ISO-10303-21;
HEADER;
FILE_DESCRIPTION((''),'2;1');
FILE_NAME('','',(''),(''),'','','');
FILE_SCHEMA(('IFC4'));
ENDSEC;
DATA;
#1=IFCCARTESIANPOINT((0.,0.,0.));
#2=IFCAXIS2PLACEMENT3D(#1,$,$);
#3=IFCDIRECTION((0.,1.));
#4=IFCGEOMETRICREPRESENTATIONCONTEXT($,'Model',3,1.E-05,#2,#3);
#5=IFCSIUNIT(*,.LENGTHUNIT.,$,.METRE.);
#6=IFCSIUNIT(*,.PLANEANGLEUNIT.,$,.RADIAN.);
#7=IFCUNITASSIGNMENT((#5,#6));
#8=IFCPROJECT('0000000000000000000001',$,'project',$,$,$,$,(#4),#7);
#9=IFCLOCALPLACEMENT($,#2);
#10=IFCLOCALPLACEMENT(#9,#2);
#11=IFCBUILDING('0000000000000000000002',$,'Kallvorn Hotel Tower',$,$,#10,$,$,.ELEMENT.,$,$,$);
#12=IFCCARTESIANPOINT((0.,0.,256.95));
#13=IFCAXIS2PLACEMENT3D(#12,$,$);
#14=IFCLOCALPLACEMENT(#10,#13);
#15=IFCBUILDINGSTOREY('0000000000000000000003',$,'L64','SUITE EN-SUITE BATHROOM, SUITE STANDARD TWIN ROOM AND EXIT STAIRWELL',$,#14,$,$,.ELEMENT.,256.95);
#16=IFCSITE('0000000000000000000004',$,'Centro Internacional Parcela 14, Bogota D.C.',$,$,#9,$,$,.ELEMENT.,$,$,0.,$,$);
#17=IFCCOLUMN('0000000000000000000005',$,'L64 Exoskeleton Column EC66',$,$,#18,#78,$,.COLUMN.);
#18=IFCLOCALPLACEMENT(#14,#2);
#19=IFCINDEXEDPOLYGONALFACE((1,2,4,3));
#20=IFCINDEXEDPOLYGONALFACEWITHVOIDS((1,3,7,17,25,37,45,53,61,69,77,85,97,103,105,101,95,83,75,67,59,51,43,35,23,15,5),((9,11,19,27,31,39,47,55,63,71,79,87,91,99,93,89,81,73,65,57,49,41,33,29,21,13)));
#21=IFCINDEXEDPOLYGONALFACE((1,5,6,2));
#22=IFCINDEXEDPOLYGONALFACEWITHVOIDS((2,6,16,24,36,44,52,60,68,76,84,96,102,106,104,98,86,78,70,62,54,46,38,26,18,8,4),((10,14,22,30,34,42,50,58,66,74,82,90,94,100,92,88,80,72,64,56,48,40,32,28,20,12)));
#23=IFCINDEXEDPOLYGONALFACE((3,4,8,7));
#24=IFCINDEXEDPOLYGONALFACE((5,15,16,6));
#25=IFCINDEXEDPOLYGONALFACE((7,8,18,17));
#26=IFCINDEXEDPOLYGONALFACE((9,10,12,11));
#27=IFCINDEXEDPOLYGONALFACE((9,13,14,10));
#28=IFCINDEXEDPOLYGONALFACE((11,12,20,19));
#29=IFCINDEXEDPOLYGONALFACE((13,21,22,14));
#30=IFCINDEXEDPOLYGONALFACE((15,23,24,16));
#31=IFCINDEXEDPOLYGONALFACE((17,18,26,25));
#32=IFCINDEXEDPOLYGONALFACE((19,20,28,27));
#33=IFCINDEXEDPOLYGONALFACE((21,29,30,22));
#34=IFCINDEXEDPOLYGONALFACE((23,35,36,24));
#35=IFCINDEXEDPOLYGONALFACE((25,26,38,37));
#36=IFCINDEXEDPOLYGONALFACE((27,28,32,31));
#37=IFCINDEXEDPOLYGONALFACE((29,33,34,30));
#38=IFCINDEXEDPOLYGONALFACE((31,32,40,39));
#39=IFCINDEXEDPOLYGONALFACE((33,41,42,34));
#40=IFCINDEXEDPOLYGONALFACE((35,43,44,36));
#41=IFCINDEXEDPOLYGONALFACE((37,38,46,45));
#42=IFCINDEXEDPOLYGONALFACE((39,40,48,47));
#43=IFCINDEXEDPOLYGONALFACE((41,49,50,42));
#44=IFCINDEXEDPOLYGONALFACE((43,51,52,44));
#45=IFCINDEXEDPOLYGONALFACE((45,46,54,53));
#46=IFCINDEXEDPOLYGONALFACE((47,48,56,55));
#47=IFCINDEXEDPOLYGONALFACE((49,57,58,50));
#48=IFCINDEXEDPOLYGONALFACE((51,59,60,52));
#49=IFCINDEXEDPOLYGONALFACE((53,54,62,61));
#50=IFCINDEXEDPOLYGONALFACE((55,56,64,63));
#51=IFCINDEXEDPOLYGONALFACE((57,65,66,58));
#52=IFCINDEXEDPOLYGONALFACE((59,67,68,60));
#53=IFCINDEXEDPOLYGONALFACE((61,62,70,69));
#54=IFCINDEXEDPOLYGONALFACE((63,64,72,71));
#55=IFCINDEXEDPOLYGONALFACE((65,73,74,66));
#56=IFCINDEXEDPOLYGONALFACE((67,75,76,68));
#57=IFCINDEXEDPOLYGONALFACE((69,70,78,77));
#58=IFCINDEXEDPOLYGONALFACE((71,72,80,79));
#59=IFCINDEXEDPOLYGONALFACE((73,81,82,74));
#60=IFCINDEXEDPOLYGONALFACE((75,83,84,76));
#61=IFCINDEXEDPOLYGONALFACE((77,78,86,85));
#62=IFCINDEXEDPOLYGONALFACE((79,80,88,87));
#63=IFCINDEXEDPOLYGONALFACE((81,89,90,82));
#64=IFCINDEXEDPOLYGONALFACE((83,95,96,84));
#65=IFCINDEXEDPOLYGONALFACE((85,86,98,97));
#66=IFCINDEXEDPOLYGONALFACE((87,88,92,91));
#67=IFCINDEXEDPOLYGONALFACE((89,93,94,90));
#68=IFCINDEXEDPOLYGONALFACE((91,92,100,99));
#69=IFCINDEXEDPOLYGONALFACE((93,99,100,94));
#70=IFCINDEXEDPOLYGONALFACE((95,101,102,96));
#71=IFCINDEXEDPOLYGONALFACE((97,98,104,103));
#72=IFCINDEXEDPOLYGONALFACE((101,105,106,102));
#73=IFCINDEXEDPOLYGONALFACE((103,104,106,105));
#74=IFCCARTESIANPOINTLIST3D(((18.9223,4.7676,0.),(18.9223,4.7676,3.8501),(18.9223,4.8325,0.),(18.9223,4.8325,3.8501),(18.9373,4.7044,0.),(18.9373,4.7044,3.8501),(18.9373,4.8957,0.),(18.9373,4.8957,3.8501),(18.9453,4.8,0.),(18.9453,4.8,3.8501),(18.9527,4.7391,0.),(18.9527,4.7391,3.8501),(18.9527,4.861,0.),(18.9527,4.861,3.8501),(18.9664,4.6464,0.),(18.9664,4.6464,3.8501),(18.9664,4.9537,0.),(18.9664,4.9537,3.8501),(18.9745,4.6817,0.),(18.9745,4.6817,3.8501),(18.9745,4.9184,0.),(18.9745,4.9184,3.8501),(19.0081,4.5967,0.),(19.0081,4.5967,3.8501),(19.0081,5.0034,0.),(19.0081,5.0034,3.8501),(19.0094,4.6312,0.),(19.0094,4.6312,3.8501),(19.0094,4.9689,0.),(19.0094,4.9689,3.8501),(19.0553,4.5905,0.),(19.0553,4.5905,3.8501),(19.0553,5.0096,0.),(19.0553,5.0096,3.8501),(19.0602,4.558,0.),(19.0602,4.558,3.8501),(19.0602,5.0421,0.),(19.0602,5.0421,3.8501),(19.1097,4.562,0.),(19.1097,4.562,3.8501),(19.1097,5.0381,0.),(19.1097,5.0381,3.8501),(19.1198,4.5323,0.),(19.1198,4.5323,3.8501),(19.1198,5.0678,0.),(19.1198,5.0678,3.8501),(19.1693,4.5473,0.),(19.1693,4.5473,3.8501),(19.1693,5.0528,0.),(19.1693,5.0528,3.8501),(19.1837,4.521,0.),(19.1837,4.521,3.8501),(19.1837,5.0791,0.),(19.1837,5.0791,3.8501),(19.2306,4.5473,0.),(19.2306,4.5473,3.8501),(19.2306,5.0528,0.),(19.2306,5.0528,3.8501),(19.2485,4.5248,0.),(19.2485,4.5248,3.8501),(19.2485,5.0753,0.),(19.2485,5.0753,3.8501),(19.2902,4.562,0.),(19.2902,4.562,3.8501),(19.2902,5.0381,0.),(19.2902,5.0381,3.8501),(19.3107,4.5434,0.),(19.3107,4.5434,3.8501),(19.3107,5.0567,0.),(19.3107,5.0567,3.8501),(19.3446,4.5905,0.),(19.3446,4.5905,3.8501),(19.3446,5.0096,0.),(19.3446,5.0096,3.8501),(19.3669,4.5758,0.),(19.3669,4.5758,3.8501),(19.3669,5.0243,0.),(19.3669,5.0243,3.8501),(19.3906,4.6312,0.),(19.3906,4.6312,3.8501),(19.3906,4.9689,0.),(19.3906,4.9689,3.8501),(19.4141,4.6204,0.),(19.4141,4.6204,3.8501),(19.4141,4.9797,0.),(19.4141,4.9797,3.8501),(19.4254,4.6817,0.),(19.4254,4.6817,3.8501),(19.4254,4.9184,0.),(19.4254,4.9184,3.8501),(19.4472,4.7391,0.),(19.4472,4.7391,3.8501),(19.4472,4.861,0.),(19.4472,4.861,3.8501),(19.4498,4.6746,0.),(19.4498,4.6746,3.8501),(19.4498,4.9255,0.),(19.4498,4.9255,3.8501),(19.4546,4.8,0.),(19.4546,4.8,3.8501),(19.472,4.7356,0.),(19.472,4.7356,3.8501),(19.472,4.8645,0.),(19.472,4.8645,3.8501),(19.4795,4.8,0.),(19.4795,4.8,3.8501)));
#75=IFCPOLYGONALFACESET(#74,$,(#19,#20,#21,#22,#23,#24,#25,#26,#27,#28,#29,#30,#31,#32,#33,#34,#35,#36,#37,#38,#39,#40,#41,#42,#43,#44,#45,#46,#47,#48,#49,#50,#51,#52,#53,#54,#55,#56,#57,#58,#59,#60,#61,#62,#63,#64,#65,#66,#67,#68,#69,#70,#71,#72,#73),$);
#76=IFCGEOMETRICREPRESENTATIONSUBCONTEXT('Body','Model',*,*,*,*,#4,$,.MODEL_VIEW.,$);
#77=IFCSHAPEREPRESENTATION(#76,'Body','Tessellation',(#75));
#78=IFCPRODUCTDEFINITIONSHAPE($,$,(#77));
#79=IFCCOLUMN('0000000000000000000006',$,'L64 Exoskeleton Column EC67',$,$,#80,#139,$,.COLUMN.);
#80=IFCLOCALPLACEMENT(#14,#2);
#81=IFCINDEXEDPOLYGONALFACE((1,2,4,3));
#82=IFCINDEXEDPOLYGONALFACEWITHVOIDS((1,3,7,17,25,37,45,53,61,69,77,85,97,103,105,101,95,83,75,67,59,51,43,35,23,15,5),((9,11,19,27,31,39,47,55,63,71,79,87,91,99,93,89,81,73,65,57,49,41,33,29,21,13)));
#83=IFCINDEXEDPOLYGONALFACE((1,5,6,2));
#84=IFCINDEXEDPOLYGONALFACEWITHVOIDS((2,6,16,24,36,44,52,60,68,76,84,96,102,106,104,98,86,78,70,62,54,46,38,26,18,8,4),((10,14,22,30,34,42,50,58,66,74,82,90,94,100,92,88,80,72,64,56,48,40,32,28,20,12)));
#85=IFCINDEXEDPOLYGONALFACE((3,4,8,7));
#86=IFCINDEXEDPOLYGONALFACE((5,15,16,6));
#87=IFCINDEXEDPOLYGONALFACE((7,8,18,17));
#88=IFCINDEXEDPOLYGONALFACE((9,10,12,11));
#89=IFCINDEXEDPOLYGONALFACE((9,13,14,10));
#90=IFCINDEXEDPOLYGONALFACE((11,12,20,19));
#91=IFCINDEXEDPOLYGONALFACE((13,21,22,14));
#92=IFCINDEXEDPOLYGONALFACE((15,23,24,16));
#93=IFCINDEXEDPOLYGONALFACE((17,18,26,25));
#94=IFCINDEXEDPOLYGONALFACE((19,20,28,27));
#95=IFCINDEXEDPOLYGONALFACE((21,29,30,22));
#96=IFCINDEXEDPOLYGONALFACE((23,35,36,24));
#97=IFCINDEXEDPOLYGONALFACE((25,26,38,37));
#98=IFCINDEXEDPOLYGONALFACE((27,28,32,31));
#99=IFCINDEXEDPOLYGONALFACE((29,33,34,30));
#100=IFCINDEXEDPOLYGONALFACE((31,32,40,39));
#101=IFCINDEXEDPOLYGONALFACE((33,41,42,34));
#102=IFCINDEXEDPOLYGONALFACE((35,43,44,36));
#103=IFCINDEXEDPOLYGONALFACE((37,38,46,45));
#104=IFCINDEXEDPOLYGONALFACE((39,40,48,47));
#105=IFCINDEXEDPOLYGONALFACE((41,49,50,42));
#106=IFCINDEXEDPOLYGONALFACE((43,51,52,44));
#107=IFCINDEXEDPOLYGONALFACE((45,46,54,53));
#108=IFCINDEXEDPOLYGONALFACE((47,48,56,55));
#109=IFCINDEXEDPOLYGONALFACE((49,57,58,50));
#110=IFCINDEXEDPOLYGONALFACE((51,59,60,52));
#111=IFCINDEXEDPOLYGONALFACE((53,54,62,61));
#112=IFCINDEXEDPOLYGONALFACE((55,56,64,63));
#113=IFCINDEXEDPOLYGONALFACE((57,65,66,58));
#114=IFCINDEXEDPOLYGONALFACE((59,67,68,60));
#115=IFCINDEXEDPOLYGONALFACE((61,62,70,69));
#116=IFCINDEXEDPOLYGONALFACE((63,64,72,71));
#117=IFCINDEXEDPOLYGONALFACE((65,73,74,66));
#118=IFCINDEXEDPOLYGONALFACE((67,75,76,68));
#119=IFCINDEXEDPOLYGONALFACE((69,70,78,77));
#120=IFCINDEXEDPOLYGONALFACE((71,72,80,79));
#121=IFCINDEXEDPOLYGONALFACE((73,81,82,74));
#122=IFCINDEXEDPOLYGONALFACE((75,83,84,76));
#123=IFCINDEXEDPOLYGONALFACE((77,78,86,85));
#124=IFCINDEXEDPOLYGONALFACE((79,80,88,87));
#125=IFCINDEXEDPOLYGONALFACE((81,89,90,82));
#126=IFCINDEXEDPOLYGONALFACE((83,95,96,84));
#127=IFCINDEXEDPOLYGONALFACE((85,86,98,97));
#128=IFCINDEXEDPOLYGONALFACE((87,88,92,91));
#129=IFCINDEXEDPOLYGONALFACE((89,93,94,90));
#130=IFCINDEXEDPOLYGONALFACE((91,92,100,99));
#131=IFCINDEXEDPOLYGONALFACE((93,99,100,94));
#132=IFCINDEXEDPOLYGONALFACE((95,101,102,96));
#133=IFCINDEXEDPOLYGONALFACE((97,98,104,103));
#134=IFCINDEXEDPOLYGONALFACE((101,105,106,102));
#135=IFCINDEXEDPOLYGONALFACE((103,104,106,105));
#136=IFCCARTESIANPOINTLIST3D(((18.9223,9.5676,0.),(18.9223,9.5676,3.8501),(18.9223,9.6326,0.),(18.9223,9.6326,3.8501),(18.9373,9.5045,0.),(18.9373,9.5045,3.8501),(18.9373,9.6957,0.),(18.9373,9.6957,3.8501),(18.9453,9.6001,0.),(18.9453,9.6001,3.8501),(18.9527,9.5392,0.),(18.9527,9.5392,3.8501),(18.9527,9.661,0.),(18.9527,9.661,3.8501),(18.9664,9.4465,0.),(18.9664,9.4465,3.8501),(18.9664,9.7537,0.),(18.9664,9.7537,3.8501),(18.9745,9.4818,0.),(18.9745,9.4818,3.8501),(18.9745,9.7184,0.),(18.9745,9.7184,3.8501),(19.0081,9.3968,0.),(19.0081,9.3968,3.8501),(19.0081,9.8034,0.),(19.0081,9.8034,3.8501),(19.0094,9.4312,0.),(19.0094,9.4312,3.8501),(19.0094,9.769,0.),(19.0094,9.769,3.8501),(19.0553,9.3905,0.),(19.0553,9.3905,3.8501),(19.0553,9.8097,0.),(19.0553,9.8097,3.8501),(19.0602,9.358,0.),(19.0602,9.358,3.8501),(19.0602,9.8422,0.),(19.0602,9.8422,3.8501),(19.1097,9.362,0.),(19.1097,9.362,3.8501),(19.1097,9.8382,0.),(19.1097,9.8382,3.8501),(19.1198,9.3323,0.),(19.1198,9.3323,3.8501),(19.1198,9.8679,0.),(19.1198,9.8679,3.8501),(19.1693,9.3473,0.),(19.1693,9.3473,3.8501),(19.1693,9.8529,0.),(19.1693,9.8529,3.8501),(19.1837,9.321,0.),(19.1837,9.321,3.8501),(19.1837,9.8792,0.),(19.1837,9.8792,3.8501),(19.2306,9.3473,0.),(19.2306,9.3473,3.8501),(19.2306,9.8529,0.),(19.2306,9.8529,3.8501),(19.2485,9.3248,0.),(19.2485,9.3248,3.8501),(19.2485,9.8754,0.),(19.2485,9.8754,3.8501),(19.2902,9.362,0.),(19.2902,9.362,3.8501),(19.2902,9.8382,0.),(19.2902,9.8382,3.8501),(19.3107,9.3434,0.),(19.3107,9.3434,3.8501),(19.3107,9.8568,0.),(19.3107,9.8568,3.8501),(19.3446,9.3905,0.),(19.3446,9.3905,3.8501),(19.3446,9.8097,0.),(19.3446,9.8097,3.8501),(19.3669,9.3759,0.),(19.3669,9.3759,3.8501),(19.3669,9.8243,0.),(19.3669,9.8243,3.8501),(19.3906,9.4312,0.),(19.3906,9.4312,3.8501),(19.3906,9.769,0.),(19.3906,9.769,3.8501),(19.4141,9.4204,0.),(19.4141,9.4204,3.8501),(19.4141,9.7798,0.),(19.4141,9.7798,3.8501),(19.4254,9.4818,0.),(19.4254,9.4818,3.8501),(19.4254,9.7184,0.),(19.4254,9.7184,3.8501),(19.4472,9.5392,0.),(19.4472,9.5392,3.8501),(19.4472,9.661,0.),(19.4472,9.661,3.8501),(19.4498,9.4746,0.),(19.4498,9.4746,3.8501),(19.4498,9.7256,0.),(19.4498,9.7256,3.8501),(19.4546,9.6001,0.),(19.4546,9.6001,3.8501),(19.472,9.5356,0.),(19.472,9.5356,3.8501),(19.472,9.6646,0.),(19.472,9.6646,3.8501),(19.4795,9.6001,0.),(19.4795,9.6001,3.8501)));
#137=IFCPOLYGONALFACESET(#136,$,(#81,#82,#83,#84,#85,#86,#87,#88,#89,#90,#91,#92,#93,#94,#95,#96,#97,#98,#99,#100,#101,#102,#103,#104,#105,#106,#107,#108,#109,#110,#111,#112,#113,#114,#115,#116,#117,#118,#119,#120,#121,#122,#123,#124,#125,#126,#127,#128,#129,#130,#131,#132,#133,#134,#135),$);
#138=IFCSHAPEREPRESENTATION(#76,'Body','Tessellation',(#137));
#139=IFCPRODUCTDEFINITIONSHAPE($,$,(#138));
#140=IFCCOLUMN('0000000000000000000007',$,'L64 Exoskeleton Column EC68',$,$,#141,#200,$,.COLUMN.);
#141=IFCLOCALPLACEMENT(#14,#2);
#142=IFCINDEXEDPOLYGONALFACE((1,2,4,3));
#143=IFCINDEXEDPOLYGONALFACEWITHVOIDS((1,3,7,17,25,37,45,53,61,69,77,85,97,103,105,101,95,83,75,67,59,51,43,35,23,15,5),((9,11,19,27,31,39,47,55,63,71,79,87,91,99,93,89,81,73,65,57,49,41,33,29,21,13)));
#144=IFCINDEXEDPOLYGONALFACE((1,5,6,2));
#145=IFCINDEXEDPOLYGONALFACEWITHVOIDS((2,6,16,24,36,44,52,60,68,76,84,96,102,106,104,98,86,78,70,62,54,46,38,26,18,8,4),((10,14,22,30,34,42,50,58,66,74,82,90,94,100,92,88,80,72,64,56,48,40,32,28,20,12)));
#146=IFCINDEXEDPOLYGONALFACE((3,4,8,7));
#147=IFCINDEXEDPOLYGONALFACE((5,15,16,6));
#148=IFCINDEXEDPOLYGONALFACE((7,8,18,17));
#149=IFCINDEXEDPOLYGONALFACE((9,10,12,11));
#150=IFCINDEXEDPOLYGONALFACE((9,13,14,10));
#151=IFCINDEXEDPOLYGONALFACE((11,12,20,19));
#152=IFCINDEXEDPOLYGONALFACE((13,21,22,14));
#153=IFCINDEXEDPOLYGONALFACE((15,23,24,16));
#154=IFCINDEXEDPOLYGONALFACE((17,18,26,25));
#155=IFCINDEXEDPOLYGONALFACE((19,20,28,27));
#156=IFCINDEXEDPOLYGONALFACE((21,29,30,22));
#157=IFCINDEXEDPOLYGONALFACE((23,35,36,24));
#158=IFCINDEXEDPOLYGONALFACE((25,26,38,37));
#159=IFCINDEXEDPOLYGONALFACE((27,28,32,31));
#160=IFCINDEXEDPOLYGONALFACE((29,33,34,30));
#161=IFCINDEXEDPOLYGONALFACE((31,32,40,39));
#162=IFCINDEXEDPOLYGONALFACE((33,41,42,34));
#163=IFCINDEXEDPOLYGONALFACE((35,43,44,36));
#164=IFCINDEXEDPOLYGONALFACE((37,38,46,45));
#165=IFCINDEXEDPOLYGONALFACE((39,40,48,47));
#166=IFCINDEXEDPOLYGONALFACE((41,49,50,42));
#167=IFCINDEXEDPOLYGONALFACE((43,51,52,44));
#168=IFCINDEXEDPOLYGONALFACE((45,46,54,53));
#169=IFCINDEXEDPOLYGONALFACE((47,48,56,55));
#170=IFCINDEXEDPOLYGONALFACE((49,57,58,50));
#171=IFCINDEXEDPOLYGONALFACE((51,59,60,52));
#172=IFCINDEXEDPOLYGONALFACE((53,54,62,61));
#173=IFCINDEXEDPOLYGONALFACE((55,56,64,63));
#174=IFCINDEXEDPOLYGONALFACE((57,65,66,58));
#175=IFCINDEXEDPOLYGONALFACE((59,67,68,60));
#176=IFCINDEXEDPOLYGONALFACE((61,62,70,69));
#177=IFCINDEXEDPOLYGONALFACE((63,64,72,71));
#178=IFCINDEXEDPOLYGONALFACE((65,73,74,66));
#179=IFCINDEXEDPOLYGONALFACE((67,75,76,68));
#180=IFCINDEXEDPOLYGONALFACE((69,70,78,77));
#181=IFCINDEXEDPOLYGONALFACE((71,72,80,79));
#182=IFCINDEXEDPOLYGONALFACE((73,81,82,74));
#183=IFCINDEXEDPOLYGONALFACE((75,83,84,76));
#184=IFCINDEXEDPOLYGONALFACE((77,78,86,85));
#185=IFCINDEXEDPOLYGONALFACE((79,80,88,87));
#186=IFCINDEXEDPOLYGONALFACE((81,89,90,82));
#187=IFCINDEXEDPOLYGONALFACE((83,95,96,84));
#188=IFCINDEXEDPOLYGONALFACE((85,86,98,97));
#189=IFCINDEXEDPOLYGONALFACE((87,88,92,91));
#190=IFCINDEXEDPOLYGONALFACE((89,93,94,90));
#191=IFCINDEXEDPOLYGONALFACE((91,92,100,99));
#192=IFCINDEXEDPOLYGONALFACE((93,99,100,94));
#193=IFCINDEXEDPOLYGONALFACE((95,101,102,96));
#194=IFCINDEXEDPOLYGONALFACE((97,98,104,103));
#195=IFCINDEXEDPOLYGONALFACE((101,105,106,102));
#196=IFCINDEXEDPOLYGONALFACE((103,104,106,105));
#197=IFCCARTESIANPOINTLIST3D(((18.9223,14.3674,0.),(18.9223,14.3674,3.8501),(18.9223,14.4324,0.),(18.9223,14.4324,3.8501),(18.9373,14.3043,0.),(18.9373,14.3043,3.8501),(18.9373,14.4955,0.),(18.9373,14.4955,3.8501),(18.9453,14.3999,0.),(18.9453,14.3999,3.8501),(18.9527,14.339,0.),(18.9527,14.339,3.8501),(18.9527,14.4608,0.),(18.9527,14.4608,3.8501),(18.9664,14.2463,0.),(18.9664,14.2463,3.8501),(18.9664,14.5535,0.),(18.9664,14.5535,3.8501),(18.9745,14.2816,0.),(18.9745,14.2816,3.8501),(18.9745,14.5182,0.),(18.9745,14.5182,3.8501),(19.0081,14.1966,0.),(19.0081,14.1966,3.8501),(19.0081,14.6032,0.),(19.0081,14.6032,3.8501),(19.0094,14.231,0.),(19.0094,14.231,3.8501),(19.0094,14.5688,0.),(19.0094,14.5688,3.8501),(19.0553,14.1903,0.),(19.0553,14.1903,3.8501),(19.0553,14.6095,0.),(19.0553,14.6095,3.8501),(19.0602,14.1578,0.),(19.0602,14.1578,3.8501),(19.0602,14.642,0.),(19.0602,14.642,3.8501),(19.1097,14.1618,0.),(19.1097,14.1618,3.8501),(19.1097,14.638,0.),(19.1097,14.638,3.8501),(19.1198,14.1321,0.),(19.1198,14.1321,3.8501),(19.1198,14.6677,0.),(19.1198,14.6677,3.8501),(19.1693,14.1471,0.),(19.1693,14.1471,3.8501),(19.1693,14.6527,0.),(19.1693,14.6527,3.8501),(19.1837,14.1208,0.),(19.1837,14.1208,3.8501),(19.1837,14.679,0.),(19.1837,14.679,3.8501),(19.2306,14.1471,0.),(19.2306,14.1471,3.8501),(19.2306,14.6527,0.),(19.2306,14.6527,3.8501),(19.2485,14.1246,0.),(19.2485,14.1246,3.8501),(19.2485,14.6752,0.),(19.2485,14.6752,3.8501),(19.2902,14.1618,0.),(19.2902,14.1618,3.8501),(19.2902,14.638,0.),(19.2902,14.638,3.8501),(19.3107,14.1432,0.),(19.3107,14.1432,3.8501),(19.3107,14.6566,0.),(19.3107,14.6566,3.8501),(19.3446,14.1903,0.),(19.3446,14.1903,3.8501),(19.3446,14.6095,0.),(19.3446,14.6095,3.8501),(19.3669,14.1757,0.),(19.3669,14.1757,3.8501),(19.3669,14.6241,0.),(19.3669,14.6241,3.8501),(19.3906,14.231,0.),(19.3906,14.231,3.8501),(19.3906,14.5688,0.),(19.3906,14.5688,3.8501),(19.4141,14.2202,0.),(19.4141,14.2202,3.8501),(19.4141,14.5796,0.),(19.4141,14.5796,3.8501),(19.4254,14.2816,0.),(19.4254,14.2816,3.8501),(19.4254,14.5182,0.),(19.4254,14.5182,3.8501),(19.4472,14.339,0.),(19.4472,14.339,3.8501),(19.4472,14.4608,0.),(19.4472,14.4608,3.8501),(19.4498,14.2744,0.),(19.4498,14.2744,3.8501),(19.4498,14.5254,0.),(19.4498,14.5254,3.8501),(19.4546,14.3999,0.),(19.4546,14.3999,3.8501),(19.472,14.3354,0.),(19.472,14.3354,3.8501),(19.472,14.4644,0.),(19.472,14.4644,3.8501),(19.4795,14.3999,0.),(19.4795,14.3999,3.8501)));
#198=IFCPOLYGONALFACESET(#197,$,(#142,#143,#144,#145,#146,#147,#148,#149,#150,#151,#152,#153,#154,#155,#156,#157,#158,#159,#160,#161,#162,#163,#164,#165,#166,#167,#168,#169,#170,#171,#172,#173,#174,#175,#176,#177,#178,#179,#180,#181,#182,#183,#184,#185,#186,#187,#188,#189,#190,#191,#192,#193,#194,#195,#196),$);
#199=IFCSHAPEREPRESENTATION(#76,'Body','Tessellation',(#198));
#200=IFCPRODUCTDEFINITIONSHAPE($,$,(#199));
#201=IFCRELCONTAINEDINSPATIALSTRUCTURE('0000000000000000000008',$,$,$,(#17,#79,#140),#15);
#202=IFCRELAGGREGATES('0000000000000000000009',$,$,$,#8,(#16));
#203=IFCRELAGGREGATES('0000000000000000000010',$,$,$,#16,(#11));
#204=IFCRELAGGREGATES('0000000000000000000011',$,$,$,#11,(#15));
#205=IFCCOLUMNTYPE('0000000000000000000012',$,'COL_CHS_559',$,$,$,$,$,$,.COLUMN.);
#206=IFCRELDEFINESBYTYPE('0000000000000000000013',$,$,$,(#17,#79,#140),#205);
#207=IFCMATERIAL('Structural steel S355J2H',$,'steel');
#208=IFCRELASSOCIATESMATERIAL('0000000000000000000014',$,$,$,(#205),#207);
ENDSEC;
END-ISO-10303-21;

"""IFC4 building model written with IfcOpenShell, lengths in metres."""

from ifc_helpers import new_model, si_unit, direction, frame, origin, origin_2d, place, context, subcontext, project, spatial, hollow_circle, extrude, material, material_profile, profile_set, type_object, element, save


model = new_model("IFC4")

# Units and contexts
model_context = context("Model", 3, precision=1e-05, world=origin(), true_north=direction((0.0, 1.0)))
body_context = subcontext(model_context, "Body", "Model", "MODEL_VIEW")
ifc_project = project(units=[si_unit("LENGTHUNIT", "METRE"), si_unit("PLANEANGLEUNIT", "RADIAN")], contexts=[model_context])

# Site, building, storey
site_placement = place(None, origin())
site = spatial("IfcSite", under=ifc_project, at=site_placement, Name="Centro Internacional Parcela 14, Bogota D.C.", CompositionType="ELEMENT", RefElevation=0.0)
building_placement = place(site_placement, origin())
building = spatial("IfcBuilding", under=site, at=building_placement, Name="Kallvorn Hotel Tower", CompositionType="ELEMENT")
storey_placement = place(building_placement, frame((0.0, 0.0, 256.95)))
storey = spatial("IfcBuildingStorey", under=building, at=storey_placement, Name="L64", Description="SUITE EN-SUITE BATHROOM, SUITE STANDARD TWIN ROOM AND EXIT STAIRWELL", CompositionType="ELEMENT", Elevation=256.95)

# Columns
ifc_material_1 = material(Name="Structural steel S355J2H", Category="steel")
ifc_material_profile_1 = material_profile(ifc_material_1, hollow_circle(Radius=0.2795, WallThickness=0.0249, at=origin_2d()), Name="CHS 559x25")
ifc_profile_set_1 = profile_set([ifc_material_profile_1], Name="Structural steel S355J2H")
column_type_1 = type_object("IfcColumnType", Name="COL_CHS_559", PredefinedType="COLUMN", material=ifc_profile_set_1)
for number, where, z_axis, x_axis, name in (
    (1, (19.2, 4.8, 0.0), (0.0, 0.0, 1.0), (1.0, 0.0, 0.0), "L64 Exoskeleton Column EC66"),
    (2, (19.2, 9.6001, 0.0), (0.0, 0.0, 1.0), (1.0, 0.0, 0.0), "L64 Exoskeleton Column EC67"),
    (3, (19.2, 14.3999, 0.0), (0.0, 0.0, 1.0), (1.0, 0.0, 0.0), "L64 Exoskeleton Column EC68"),
):
    element("IfcColumn", number, at=place(storey_placement, frame(where, z_axis=z_axis, x_axis=x_axis)), inside=storey, type_object=column_type_1, Name=name, PredefinedType="COLUMN", context=body_context, shape_type="SweptSolid", body=[
        extrude(hollow_circle(Radius=0.2795, WallThickness=0.0249, at=origin_2d()), origin(), (0.0, 0.0, 1.0), 3.8501),
    ])

save(model, "model.ifc")
